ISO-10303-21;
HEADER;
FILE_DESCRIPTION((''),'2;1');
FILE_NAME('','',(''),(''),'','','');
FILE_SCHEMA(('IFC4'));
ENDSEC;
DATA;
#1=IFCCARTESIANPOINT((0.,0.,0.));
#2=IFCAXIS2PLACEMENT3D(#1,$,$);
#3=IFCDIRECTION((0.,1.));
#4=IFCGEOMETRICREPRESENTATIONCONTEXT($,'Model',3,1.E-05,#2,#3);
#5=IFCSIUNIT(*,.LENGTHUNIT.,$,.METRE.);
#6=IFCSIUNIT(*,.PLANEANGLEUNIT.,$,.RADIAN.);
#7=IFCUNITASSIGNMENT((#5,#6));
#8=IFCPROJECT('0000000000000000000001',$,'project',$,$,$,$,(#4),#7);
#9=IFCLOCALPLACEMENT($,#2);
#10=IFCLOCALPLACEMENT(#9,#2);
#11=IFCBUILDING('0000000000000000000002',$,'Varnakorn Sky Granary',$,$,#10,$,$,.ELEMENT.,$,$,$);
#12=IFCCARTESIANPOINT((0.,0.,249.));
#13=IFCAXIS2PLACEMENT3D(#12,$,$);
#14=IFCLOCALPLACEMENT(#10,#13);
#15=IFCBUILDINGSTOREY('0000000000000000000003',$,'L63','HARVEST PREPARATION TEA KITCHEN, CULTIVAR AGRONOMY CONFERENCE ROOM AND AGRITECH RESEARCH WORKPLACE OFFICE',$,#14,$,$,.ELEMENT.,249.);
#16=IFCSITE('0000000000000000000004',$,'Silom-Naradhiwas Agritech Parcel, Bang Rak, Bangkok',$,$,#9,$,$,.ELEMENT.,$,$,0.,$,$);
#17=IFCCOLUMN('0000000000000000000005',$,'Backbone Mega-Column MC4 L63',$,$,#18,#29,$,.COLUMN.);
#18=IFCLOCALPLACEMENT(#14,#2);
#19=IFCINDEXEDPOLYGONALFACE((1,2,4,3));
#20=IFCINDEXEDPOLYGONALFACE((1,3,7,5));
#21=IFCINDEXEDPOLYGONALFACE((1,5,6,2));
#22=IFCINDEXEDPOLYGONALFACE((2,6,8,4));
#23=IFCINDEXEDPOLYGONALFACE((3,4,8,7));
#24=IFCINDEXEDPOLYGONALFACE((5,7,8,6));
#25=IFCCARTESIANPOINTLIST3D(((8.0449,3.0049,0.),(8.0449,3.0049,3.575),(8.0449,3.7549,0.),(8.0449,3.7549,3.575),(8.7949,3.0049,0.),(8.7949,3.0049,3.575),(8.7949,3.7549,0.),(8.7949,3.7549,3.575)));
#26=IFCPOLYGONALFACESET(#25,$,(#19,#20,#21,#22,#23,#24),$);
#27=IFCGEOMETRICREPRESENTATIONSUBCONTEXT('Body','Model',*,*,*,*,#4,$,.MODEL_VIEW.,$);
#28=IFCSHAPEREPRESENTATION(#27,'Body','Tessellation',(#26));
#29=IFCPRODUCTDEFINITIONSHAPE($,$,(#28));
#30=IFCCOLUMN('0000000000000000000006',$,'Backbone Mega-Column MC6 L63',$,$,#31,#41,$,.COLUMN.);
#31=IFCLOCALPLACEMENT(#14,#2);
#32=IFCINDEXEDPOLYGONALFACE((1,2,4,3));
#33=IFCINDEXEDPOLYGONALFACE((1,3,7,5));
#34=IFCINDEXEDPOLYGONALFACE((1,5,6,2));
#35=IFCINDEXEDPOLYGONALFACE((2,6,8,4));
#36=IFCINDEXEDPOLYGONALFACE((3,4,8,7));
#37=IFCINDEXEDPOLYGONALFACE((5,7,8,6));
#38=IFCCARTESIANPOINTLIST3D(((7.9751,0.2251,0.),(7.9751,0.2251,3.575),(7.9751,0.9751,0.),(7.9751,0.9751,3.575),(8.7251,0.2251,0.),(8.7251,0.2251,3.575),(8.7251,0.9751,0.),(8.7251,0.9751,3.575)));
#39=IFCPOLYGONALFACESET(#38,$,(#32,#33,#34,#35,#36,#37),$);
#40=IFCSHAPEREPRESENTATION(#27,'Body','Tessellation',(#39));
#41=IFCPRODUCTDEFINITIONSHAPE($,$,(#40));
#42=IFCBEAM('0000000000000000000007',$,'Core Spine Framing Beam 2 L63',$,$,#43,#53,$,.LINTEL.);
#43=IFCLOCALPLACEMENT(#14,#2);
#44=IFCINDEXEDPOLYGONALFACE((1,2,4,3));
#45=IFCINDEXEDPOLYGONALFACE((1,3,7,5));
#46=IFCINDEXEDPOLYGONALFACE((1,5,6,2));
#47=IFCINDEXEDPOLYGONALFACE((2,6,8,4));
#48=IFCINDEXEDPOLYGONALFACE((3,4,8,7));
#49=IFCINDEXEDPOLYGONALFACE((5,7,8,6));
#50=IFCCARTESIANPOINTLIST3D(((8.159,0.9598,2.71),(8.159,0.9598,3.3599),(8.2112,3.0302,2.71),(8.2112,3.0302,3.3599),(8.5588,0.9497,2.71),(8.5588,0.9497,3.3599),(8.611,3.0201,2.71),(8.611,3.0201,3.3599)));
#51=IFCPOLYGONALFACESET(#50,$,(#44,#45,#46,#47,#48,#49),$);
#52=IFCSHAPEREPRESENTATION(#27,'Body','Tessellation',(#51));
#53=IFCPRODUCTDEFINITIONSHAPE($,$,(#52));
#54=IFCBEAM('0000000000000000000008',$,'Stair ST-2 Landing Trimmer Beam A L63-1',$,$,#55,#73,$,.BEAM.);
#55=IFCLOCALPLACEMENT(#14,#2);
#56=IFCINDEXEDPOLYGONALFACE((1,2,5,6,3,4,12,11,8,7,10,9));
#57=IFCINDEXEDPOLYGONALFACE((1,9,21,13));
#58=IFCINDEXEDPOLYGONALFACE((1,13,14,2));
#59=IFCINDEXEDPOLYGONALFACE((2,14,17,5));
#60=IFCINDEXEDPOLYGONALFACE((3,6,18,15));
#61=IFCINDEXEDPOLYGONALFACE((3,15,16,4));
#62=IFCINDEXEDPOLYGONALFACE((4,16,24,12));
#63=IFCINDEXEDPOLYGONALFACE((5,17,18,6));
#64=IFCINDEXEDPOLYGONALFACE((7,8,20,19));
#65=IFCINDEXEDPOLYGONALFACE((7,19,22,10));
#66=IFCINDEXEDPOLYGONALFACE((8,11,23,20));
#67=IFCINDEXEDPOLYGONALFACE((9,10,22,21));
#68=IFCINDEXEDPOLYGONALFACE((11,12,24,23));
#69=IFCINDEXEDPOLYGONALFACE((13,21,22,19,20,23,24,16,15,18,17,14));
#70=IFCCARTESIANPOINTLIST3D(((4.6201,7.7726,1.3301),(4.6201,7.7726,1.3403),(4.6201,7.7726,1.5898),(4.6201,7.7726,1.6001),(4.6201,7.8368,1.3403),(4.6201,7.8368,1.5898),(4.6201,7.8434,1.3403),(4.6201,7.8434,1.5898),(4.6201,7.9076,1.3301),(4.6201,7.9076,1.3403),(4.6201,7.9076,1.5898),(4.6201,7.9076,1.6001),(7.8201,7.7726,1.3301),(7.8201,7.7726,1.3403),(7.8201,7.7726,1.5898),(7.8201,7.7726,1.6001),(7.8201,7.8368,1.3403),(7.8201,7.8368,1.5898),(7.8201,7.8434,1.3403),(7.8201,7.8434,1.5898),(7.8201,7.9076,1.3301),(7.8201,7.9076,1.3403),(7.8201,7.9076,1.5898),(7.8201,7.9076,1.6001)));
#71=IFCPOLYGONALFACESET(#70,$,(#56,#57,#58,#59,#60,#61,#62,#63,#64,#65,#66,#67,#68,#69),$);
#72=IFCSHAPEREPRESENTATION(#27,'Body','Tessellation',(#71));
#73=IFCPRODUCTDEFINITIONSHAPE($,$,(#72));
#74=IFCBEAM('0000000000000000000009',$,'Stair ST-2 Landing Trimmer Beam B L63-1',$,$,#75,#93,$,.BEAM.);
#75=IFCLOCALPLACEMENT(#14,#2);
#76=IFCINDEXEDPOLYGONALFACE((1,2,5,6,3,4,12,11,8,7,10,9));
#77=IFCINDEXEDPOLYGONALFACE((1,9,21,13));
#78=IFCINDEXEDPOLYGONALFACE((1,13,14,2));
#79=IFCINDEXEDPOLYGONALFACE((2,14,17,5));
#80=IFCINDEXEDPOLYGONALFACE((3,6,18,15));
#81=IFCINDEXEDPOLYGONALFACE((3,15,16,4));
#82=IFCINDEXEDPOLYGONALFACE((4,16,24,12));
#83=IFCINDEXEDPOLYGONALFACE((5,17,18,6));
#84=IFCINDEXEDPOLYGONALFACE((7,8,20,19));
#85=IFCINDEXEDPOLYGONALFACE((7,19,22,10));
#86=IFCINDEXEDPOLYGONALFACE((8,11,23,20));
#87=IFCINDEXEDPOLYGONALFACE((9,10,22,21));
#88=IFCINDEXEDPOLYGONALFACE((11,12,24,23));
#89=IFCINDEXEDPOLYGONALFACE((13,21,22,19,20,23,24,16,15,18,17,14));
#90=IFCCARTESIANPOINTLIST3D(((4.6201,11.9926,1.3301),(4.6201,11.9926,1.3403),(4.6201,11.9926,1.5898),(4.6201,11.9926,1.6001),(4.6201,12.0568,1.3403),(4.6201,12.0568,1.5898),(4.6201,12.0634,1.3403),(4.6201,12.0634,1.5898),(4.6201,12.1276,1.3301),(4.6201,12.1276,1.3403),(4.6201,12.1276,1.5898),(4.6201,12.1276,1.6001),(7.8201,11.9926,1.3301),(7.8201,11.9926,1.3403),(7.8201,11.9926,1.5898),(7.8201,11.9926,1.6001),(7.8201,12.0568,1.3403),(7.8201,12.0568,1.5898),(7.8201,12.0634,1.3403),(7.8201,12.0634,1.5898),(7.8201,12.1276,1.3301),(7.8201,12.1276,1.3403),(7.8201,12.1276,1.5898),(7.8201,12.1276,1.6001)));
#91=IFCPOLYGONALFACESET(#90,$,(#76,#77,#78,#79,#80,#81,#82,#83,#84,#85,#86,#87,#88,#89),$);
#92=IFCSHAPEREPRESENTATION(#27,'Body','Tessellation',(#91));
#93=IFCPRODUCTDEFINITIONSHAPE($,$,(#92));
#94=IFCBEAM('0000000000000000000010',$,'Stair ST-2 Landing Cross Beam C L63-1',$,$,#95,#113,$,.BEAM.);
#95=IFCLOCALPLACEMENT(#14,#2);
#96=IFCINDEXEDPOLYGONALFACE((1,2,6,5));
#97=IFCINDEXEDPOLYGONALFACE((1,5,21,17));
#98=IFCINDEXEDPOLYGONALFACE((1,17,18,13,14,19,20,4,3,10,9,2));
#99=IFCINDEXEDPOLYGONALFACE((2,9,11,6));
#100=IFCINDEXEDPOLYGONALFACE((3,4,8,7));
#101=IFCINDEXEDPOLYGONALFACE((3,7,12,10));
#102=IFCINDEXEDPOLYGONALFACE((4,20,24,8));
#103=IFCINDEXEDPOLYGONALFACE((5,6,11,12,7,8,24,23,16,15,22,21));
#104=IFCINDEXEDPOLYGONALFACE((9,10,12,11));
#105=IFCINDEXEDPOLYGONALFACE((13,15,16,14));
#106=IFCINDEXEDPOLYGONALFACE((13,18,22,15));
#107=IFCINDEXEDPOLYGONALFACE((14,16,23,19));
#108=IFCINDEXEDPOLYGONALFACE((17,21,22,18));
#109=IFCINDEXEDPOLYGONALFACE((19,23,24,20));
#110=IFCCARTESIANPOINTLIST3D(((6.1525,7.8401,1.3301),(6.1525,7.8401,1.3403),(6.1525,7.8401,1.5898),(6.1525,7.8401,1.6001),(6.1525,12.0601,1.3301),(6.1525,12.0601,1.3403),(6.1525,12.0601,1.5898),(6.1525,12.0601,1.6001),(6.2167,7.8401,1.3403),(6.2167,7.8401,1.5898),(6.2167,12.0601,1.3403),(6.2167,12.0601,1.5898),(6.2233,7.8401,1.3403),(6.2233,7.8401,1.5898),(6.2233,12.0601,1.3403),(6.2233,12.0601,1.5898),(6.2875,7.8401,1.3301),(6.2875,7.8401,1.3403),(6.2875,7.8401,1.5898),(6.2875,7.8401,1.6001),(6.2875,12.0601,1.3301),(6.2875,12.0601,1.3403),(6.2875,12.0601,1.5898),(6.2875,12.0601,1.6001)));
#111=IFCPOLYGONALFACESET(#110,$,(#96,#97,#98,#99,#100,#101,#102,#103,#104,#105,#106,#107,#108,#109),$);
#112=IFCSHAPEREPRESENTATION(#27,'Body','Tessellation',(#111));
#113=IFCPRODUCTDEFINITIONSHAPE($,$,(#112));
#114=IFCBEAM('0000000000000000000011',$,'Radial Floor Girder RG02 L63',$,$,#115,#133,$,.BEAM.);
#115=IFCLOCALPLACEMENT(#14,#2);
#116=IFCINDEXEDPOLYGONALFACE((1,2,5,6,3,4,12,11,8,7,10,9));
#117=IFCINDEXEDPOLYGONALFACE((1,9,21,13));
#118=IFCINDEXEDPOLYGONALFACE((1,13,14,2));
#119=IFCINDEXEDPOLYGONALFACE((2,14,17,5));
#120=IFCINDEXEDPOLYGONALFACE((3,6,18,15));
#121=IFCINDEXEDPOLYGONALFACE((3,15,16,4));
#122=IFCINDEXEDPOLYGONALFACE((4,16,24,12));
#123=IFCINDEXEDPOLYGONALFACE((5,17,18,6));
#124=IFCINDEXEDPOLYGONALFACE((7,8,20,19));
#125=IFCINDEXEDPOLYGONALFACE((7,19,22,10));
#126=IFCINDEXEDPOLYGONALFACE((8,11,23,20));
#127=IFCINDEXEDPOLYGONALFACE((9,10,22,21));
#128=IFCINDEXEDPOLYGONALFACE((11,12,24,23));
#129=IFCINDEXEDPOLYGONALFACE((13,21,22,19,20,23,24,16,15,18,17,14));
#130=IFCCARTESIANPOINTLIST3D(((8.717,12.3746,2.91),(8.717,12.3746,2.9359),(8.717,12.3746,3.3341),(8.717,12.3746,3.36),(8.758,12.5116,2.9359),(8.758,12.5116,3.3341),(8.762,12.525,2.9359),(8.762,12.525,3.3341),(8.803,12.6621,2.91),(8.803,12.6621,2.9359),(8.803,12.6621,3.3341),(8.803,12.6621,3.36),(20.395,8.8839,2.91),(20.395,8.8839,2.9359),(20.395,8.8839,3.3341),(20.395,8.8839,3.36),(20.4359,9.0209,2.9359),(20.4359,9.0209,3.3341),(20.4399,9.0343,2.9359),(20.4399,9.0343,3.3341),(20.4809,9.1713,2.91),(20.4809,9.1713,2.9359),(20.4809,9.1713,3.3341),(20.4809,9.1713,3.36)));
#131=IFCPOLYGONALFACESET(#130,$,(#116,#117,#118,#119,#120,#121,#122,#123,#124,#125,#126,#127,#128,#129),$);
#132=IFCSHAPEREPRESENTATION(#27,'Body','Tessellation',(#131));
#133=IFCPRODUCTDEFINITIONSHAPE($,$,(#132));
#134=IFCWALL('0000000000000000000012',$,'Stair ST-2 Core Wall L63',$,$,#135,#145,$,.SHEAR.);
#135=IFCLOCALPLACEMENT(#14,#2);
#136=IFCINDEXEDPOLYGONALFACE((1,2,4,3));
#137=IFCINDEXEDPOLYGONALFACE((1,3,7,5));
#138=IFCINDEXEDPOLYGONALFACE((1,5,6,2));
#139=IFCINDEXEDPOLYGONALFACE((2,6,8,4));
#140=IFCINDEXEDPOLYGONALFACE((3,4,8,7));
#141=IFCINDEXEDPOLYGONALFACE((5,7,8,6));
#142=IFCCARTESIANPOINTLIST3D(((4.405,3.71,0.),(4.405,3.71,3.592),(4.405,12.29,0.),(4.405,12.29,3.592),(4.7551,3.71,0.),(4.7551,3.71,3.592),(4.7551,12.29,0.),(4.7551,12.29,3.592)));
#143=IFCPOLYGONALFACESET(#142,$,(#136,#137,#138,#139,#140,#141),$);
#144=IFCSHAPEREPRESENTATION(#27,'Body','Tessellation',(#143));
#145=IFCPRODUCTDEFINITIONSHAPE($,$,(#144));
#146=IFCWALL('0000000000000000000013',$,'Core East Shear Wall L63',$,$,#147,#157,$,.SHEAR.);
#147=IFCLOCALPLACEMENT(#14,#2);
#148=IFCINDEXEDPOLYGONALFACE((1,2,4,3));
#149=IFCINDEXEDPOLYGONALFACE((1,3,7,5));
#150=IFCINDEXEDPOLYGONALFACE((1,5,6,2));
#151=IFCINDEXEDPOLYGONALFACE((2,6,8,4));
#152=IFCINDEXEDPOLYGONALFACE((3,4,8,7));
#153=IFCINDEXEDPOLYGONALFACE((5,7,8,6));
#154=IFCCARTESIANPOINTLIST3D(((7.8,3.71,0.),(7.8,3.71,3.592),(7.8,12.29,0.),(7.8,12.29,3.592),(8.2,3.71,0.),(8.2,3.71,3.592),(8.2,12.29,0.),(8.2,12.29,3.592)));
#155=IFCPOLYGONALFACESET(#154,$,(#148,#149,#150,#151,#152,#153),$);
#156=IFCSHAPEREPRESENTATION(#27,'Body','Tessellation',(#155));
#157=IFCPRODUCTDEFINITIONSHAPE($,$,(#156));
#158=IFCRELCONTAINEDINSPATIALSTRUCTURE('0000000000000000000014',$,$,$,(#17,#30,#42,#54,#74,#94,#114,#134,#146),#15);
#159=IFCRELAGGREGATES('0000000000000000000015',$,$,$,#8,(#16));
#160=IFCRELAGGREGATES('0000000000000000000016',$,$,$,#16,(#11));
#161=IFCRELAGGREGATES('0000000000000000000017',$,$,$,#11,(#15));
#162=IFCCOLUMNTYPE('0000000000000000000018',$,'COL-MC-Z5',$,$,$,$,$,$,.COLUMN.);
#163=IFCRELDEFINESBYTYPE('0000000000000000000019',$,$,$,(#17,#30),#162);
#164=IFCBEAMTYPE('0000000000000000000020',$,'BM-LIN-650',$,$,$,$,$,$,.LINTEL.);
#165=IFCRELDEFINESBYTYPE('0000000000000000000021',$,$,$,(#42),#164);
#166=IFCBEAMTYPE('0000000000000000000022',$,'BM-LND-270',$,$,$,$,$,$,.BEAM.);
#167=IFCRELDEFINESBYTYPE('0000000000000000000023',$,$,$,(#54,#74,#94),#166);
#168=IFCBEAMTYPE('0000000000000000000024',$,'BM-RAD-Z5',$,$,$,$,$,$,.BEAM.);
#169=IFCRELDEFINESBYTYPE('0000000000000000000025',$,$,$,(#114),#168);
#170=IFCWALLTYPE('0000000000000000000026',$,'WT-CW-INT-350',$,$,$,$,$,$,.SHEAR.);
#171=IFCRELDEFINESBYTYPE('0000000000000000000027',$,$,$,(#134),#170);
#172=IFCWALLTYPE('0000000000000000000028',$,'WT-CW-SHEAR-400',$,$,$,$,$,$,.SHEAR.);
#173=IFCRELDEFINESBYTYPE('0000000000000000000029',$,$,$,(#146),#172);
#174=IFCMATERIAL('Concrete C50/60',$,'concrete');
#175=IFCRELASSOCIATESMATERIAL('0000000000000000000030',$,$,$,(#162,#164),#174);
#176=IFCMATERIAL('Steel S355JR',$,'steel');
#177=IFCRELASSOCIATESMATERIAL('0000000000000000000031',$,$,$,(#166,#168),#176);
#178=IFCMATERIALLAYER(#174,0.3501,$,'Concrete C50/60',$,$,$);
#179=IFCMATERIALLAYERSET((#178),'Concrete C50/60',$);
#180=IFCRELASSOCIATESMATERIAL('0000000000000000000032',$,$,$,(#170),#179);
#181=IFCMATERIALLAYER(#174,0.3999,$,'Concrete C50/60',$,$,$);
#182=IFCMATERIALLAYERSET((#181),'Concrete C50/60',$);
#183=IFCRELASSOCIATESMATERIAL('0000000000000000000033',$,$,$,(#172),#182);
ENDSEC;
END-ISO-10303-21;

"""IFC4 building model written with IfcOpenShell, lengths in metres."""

from ifc_helpers import new_model, si_unit, direction, frame, frame_2d, origin, origin_2d, place, context, subcontext, project, spatial, rectangle, i_section, extrude, material, layer, layer_set, material_profile, profile_set, type_object, element, save


model = new_model("IFC4")

# Units and contexts
model_context = context("Model", 3, precision=1e-05, world=origin(), true_north=direction((0.0, 1.0)))
body_context = subcontext(model_context, "Body", "Model", "MODEL_VIEW")
ifc_project = project(units=[si_unit("LENGTHUNIT", "METRE"), si_unit("PLANEANGLEUNIT", "RADIAN")], contexts=[model_context])

# Site, building, storey
site_placement = place(None, origin())
site = spatial("IfcSite", under=ifc_project, at=site_placement, Name="Silom-Naradhiwas Agritech Parcel, Bang Rak, Bangkok", CompositionType="ELEMENT", RefElevation=0.0)
building_placement = place(site_placement, origin())
building = spatial("IfcBuilding", under=site, at=building_placement, Name="Varnakorn Sky Granary", CompositionType="ELEMENT")
storey_placement = place(building_placement, frame((0.0, 0.0, 249.0)))
storey = spatial("IfcBuildingStorey", under=building, at=storey_placement, Name="L63", Description="HARVEST PREPARATION TEA KITCHEN, CULTIVAR AGRONOMY CONFERENCE ROOM AND AGRITECH RESEARCH WORKPLACE OFFICE", CompositionType="ELEMENT", Elevation=249.0)

# Columns
ifc_material_1 = material(Name="Concrete C50/60", Category="concrete")
ifc_material_profile_1 = material_profile(ifc_material_1, rectangle(XDim=0.75, YDim=0.75, at=origin_2d()), Name="RC 750x750")
ifc_profile_set_1 = profile_set([ifc_material_profile_1], Name="Concrete C50/60")
column_type = type_object("IfcColumnType", Name="COL-MC-Z5", PredefinedType="COLUMN", material=ifc_profile_set_1)
for number, where, z_axis, x_axis, name in (
    (1, (8.4199, 3.3799, 0.0), (0.0, 0.0, 1.0), (1.0, 0.0, 0.0), "Backbone Mega-Column MC4 L63"),
    (2, (8.3501, 0.6001, 0.0), (0.0, 0.0, 1.0), (1.0, 0.0, 0.0), "Backbone Mega-Column MC6 L63"),
):
    element("IfcColumn", number, at=place(storey_placement, frame(where, z_axis=z_axis, x_axis=x_axis)), inside=storey, type_object=column_type, Name=name, PredefinedType="COLUMN", context=body_context, shape_type="SweptSolid", body=[
        extrude(rectangle(XDim=0.75, YDim=0.75, at=origin_2d()), origin(), (0.0, 0.0, 1.0), 3.575),
    ])

# Beams
ifc_material_profile_2 = material_profile(ifc_material_1, rectangle(XDim=0.3999, YDim=0.6499, at=origin_2d()), Name="RC 400x650")
ifc_profile_set_2 = profile_set([ifc_material_profile_2], Name="Concrete C50/60")
beam_type_1 = type_object("IfcBeamType", Name="BM-LIN-650", PredefinedType="LINTEL", material=ifc_profile_set_2)
beam_1_placement = place(storey_placement, frame((8.4111, 3.0251, 3.0349), z_axis=(-0.025228, -0.999682, 0.0), x_axis=(0.999682, -0.025228, 0.0)))
element("IfcBeam", 3, at=beam_1_placement, inside=storey, type_object=beam_type_1, Name="Core Spine Framing Beam 2 L63", PredefinedType="LINTEL", context=body_context, shape_type="SweptSolid", body=[
    extrude(rectangle(XDim=0.3999, YDim=0.6499, at=origin_2d()), origin(), (0.0, 0.0, 1.0), 2.071),
])
ifc_material_2 = material(Name="Steel S355JR", Category="steel")
ifc_material_profile_3 = material_profile(ifc_material_2, i_section(OverallWidth=0.135, OverallDepth=0.27, WebThickness=0.0066, FlangeThickness=0.0103, at=origin_2d()), Name="IPE 270")
ifc_profile_set_3 = profile_set([ifc_material_profile_3], Name="Steel S355JR")
beam_type_2 = type_object("IfcBeamType", Name="BM-LND-270", PredefinedType="BEAM", material=ifc_profile_set_3)
for number, where, z_axis, x_axis, name in (
    (4, (4.6201, 7.8401, 1.4651), (1.0, 0.0, 0.0), (0.0, 1.0, 0.0), "Stair ST-2 Landing Trimmer Beam A L63-1"),
    (5, (4.6201, 12.0601, 1.4651), (1.0, 0.0, 0.0), (0.0, 1.0, 0.0), "Stair ST-2 Landing Trimmer Beam B L63-1"),
):
    element("IfcBeam", number, at=place(storey_placement, frame(where, z_axis=z_axis, x_axis=x_axis)), inside=storey, type_object=beam_type_2, Name=name, PredefinedType="BEAM", context=body_context, shape_type="SweptSolid", body=[
        extrude(i_section(OverallWidth=0.135, OverallDepth=0.27, WebThickness=0.0066, FlangeThickness=0.0103, at=origin_2d()), origin(), (0.0, 0.0, 1.0), 3.2),
    ])
beam_2_placement = place(storey_placement, frame((6.22, 7.8401, 1.4651), z_axis=(0.0, 1.0, 0.0), x_axis=(-1.0, 0.0, 0.0)))
element("IfcBeam", 6, at=beam_2_placement, inside=storey, type_object=beam_type_2, Name="Stair ST-2 Landing Cross Beam C L63-1", PredefinedType="BEAM", context=body_context, shape_type="SweptSolid", body=[
    extrude(i_section(OverallWidth=0.135, OverallDepth=0.27, WebThickness=0.0066, FlangeThickness=0.0103, at=origin_2d()), origin(), (0.0, 0.0, 1.0), 4.22),
])
ifc_material_profile_4 = material_profile(ifc_material_2, i_section(OverallWidth=0.3, OverallDepth=0.45, WebThickness=0.0139, FlangeThickness=0.0259, at=origin_2d()), Name="HE 450 B")
ifc_profile_set_4 = profile_set([ifc_material_profile_4], Name="Steel S355JR")
beam_type_3 = type_object("IfcBeamType", Name="BM-RAD-Z5", PredefinedType="BEAM", material=ifc_profile_set_4)
beam_3_placement = place(storey_placement, frame((8.76, 12.5183, 3.135), z_axis=(0.958112, -0.286394, 0.0), x_axis=(0.286394, 0.958112, 0.0)))
element("IfcBeam", 7, at=beam_3_placement, inside=storey, type_object=beam_type_3, Name="Radial Floor Girder RG02 L63", PredefinedType="BEAM", context=body_context, shape_type="SweptSolid", body=[
    extrude(i_section(OverallWidth=0.3, OverallDepth=0.45, WebThickness=0.0139, FlangeThickness=0.0259, at=origin_2d()), origin(), (0.0, 0.0, 1.0), 12.1885),
])

# Walls
ifc_layer_1 = layer(ifc_material_1, 0.3501, Name="Concrete C50/60")
ifc_layer_set_1 = layer_set([ifc_layer_1], Name="Concrete C50/60")
wall_type_1 = type_object("IfcWallType", Name="WT-CW-INT-350", PredefinedType="SHEAR", material=ifc_layer_set_1)
wall_1_placement = place(storey_placement, frame((4.5801, 3.71, 0.0), z_axis=(0.0, 0.0, 1.0), x_axis=(0.0, 1.0, 0.0)))
element("IfcWall", 8, at=wall_1_placement, inside=storey, type_object=wall_type_1, Name="Stair ST-2 Core Wall L63", PredefinedType="SHEAR", context=body_context, shape_type="SweptSolid", body=[
    extrude(rectangle(XDim=8.5801, YDim=0.3501, at=frame_2d((4.29, 0.0))), origin(), (0.0, 0.0, 1.0), 3.592),
])
ifc_layer_2 = layer(ifc_material_1, 0.3999, Name="Concrete C50/60")
ifc_layer_set_2 = layer_set([ifc_layer_2], Name="Concrete C50/60")
wall_type_2 = type_object("IfcWallType", Name="WT-CW-SHEAR-400", PredefinedType="SHEAR", material=ifc_layer_set_2)
wall_2_placement = place(storey_placement, frame((8.0, 3.71, 0.0), z_axis=(0.0, 0.0, 1.0), x_axis=(0.0, 1.0, 0.0)))
element("IfcWall", 9, at=wall_2_placement, inside=storey, type_object=wall_type_2, Name="Core East Shear Wall L63", PredefinedType="SHEAR", context=body_context, shape_type="SweptSolid", body=[
    extrude(rectangle(XDim=8.5801, YDim=0.3999, at=frame_2d((4.29, 0.0))), origin(), (0.0, 0.0, 1.0), 3.592),
])

save(model, "model.ifc")
